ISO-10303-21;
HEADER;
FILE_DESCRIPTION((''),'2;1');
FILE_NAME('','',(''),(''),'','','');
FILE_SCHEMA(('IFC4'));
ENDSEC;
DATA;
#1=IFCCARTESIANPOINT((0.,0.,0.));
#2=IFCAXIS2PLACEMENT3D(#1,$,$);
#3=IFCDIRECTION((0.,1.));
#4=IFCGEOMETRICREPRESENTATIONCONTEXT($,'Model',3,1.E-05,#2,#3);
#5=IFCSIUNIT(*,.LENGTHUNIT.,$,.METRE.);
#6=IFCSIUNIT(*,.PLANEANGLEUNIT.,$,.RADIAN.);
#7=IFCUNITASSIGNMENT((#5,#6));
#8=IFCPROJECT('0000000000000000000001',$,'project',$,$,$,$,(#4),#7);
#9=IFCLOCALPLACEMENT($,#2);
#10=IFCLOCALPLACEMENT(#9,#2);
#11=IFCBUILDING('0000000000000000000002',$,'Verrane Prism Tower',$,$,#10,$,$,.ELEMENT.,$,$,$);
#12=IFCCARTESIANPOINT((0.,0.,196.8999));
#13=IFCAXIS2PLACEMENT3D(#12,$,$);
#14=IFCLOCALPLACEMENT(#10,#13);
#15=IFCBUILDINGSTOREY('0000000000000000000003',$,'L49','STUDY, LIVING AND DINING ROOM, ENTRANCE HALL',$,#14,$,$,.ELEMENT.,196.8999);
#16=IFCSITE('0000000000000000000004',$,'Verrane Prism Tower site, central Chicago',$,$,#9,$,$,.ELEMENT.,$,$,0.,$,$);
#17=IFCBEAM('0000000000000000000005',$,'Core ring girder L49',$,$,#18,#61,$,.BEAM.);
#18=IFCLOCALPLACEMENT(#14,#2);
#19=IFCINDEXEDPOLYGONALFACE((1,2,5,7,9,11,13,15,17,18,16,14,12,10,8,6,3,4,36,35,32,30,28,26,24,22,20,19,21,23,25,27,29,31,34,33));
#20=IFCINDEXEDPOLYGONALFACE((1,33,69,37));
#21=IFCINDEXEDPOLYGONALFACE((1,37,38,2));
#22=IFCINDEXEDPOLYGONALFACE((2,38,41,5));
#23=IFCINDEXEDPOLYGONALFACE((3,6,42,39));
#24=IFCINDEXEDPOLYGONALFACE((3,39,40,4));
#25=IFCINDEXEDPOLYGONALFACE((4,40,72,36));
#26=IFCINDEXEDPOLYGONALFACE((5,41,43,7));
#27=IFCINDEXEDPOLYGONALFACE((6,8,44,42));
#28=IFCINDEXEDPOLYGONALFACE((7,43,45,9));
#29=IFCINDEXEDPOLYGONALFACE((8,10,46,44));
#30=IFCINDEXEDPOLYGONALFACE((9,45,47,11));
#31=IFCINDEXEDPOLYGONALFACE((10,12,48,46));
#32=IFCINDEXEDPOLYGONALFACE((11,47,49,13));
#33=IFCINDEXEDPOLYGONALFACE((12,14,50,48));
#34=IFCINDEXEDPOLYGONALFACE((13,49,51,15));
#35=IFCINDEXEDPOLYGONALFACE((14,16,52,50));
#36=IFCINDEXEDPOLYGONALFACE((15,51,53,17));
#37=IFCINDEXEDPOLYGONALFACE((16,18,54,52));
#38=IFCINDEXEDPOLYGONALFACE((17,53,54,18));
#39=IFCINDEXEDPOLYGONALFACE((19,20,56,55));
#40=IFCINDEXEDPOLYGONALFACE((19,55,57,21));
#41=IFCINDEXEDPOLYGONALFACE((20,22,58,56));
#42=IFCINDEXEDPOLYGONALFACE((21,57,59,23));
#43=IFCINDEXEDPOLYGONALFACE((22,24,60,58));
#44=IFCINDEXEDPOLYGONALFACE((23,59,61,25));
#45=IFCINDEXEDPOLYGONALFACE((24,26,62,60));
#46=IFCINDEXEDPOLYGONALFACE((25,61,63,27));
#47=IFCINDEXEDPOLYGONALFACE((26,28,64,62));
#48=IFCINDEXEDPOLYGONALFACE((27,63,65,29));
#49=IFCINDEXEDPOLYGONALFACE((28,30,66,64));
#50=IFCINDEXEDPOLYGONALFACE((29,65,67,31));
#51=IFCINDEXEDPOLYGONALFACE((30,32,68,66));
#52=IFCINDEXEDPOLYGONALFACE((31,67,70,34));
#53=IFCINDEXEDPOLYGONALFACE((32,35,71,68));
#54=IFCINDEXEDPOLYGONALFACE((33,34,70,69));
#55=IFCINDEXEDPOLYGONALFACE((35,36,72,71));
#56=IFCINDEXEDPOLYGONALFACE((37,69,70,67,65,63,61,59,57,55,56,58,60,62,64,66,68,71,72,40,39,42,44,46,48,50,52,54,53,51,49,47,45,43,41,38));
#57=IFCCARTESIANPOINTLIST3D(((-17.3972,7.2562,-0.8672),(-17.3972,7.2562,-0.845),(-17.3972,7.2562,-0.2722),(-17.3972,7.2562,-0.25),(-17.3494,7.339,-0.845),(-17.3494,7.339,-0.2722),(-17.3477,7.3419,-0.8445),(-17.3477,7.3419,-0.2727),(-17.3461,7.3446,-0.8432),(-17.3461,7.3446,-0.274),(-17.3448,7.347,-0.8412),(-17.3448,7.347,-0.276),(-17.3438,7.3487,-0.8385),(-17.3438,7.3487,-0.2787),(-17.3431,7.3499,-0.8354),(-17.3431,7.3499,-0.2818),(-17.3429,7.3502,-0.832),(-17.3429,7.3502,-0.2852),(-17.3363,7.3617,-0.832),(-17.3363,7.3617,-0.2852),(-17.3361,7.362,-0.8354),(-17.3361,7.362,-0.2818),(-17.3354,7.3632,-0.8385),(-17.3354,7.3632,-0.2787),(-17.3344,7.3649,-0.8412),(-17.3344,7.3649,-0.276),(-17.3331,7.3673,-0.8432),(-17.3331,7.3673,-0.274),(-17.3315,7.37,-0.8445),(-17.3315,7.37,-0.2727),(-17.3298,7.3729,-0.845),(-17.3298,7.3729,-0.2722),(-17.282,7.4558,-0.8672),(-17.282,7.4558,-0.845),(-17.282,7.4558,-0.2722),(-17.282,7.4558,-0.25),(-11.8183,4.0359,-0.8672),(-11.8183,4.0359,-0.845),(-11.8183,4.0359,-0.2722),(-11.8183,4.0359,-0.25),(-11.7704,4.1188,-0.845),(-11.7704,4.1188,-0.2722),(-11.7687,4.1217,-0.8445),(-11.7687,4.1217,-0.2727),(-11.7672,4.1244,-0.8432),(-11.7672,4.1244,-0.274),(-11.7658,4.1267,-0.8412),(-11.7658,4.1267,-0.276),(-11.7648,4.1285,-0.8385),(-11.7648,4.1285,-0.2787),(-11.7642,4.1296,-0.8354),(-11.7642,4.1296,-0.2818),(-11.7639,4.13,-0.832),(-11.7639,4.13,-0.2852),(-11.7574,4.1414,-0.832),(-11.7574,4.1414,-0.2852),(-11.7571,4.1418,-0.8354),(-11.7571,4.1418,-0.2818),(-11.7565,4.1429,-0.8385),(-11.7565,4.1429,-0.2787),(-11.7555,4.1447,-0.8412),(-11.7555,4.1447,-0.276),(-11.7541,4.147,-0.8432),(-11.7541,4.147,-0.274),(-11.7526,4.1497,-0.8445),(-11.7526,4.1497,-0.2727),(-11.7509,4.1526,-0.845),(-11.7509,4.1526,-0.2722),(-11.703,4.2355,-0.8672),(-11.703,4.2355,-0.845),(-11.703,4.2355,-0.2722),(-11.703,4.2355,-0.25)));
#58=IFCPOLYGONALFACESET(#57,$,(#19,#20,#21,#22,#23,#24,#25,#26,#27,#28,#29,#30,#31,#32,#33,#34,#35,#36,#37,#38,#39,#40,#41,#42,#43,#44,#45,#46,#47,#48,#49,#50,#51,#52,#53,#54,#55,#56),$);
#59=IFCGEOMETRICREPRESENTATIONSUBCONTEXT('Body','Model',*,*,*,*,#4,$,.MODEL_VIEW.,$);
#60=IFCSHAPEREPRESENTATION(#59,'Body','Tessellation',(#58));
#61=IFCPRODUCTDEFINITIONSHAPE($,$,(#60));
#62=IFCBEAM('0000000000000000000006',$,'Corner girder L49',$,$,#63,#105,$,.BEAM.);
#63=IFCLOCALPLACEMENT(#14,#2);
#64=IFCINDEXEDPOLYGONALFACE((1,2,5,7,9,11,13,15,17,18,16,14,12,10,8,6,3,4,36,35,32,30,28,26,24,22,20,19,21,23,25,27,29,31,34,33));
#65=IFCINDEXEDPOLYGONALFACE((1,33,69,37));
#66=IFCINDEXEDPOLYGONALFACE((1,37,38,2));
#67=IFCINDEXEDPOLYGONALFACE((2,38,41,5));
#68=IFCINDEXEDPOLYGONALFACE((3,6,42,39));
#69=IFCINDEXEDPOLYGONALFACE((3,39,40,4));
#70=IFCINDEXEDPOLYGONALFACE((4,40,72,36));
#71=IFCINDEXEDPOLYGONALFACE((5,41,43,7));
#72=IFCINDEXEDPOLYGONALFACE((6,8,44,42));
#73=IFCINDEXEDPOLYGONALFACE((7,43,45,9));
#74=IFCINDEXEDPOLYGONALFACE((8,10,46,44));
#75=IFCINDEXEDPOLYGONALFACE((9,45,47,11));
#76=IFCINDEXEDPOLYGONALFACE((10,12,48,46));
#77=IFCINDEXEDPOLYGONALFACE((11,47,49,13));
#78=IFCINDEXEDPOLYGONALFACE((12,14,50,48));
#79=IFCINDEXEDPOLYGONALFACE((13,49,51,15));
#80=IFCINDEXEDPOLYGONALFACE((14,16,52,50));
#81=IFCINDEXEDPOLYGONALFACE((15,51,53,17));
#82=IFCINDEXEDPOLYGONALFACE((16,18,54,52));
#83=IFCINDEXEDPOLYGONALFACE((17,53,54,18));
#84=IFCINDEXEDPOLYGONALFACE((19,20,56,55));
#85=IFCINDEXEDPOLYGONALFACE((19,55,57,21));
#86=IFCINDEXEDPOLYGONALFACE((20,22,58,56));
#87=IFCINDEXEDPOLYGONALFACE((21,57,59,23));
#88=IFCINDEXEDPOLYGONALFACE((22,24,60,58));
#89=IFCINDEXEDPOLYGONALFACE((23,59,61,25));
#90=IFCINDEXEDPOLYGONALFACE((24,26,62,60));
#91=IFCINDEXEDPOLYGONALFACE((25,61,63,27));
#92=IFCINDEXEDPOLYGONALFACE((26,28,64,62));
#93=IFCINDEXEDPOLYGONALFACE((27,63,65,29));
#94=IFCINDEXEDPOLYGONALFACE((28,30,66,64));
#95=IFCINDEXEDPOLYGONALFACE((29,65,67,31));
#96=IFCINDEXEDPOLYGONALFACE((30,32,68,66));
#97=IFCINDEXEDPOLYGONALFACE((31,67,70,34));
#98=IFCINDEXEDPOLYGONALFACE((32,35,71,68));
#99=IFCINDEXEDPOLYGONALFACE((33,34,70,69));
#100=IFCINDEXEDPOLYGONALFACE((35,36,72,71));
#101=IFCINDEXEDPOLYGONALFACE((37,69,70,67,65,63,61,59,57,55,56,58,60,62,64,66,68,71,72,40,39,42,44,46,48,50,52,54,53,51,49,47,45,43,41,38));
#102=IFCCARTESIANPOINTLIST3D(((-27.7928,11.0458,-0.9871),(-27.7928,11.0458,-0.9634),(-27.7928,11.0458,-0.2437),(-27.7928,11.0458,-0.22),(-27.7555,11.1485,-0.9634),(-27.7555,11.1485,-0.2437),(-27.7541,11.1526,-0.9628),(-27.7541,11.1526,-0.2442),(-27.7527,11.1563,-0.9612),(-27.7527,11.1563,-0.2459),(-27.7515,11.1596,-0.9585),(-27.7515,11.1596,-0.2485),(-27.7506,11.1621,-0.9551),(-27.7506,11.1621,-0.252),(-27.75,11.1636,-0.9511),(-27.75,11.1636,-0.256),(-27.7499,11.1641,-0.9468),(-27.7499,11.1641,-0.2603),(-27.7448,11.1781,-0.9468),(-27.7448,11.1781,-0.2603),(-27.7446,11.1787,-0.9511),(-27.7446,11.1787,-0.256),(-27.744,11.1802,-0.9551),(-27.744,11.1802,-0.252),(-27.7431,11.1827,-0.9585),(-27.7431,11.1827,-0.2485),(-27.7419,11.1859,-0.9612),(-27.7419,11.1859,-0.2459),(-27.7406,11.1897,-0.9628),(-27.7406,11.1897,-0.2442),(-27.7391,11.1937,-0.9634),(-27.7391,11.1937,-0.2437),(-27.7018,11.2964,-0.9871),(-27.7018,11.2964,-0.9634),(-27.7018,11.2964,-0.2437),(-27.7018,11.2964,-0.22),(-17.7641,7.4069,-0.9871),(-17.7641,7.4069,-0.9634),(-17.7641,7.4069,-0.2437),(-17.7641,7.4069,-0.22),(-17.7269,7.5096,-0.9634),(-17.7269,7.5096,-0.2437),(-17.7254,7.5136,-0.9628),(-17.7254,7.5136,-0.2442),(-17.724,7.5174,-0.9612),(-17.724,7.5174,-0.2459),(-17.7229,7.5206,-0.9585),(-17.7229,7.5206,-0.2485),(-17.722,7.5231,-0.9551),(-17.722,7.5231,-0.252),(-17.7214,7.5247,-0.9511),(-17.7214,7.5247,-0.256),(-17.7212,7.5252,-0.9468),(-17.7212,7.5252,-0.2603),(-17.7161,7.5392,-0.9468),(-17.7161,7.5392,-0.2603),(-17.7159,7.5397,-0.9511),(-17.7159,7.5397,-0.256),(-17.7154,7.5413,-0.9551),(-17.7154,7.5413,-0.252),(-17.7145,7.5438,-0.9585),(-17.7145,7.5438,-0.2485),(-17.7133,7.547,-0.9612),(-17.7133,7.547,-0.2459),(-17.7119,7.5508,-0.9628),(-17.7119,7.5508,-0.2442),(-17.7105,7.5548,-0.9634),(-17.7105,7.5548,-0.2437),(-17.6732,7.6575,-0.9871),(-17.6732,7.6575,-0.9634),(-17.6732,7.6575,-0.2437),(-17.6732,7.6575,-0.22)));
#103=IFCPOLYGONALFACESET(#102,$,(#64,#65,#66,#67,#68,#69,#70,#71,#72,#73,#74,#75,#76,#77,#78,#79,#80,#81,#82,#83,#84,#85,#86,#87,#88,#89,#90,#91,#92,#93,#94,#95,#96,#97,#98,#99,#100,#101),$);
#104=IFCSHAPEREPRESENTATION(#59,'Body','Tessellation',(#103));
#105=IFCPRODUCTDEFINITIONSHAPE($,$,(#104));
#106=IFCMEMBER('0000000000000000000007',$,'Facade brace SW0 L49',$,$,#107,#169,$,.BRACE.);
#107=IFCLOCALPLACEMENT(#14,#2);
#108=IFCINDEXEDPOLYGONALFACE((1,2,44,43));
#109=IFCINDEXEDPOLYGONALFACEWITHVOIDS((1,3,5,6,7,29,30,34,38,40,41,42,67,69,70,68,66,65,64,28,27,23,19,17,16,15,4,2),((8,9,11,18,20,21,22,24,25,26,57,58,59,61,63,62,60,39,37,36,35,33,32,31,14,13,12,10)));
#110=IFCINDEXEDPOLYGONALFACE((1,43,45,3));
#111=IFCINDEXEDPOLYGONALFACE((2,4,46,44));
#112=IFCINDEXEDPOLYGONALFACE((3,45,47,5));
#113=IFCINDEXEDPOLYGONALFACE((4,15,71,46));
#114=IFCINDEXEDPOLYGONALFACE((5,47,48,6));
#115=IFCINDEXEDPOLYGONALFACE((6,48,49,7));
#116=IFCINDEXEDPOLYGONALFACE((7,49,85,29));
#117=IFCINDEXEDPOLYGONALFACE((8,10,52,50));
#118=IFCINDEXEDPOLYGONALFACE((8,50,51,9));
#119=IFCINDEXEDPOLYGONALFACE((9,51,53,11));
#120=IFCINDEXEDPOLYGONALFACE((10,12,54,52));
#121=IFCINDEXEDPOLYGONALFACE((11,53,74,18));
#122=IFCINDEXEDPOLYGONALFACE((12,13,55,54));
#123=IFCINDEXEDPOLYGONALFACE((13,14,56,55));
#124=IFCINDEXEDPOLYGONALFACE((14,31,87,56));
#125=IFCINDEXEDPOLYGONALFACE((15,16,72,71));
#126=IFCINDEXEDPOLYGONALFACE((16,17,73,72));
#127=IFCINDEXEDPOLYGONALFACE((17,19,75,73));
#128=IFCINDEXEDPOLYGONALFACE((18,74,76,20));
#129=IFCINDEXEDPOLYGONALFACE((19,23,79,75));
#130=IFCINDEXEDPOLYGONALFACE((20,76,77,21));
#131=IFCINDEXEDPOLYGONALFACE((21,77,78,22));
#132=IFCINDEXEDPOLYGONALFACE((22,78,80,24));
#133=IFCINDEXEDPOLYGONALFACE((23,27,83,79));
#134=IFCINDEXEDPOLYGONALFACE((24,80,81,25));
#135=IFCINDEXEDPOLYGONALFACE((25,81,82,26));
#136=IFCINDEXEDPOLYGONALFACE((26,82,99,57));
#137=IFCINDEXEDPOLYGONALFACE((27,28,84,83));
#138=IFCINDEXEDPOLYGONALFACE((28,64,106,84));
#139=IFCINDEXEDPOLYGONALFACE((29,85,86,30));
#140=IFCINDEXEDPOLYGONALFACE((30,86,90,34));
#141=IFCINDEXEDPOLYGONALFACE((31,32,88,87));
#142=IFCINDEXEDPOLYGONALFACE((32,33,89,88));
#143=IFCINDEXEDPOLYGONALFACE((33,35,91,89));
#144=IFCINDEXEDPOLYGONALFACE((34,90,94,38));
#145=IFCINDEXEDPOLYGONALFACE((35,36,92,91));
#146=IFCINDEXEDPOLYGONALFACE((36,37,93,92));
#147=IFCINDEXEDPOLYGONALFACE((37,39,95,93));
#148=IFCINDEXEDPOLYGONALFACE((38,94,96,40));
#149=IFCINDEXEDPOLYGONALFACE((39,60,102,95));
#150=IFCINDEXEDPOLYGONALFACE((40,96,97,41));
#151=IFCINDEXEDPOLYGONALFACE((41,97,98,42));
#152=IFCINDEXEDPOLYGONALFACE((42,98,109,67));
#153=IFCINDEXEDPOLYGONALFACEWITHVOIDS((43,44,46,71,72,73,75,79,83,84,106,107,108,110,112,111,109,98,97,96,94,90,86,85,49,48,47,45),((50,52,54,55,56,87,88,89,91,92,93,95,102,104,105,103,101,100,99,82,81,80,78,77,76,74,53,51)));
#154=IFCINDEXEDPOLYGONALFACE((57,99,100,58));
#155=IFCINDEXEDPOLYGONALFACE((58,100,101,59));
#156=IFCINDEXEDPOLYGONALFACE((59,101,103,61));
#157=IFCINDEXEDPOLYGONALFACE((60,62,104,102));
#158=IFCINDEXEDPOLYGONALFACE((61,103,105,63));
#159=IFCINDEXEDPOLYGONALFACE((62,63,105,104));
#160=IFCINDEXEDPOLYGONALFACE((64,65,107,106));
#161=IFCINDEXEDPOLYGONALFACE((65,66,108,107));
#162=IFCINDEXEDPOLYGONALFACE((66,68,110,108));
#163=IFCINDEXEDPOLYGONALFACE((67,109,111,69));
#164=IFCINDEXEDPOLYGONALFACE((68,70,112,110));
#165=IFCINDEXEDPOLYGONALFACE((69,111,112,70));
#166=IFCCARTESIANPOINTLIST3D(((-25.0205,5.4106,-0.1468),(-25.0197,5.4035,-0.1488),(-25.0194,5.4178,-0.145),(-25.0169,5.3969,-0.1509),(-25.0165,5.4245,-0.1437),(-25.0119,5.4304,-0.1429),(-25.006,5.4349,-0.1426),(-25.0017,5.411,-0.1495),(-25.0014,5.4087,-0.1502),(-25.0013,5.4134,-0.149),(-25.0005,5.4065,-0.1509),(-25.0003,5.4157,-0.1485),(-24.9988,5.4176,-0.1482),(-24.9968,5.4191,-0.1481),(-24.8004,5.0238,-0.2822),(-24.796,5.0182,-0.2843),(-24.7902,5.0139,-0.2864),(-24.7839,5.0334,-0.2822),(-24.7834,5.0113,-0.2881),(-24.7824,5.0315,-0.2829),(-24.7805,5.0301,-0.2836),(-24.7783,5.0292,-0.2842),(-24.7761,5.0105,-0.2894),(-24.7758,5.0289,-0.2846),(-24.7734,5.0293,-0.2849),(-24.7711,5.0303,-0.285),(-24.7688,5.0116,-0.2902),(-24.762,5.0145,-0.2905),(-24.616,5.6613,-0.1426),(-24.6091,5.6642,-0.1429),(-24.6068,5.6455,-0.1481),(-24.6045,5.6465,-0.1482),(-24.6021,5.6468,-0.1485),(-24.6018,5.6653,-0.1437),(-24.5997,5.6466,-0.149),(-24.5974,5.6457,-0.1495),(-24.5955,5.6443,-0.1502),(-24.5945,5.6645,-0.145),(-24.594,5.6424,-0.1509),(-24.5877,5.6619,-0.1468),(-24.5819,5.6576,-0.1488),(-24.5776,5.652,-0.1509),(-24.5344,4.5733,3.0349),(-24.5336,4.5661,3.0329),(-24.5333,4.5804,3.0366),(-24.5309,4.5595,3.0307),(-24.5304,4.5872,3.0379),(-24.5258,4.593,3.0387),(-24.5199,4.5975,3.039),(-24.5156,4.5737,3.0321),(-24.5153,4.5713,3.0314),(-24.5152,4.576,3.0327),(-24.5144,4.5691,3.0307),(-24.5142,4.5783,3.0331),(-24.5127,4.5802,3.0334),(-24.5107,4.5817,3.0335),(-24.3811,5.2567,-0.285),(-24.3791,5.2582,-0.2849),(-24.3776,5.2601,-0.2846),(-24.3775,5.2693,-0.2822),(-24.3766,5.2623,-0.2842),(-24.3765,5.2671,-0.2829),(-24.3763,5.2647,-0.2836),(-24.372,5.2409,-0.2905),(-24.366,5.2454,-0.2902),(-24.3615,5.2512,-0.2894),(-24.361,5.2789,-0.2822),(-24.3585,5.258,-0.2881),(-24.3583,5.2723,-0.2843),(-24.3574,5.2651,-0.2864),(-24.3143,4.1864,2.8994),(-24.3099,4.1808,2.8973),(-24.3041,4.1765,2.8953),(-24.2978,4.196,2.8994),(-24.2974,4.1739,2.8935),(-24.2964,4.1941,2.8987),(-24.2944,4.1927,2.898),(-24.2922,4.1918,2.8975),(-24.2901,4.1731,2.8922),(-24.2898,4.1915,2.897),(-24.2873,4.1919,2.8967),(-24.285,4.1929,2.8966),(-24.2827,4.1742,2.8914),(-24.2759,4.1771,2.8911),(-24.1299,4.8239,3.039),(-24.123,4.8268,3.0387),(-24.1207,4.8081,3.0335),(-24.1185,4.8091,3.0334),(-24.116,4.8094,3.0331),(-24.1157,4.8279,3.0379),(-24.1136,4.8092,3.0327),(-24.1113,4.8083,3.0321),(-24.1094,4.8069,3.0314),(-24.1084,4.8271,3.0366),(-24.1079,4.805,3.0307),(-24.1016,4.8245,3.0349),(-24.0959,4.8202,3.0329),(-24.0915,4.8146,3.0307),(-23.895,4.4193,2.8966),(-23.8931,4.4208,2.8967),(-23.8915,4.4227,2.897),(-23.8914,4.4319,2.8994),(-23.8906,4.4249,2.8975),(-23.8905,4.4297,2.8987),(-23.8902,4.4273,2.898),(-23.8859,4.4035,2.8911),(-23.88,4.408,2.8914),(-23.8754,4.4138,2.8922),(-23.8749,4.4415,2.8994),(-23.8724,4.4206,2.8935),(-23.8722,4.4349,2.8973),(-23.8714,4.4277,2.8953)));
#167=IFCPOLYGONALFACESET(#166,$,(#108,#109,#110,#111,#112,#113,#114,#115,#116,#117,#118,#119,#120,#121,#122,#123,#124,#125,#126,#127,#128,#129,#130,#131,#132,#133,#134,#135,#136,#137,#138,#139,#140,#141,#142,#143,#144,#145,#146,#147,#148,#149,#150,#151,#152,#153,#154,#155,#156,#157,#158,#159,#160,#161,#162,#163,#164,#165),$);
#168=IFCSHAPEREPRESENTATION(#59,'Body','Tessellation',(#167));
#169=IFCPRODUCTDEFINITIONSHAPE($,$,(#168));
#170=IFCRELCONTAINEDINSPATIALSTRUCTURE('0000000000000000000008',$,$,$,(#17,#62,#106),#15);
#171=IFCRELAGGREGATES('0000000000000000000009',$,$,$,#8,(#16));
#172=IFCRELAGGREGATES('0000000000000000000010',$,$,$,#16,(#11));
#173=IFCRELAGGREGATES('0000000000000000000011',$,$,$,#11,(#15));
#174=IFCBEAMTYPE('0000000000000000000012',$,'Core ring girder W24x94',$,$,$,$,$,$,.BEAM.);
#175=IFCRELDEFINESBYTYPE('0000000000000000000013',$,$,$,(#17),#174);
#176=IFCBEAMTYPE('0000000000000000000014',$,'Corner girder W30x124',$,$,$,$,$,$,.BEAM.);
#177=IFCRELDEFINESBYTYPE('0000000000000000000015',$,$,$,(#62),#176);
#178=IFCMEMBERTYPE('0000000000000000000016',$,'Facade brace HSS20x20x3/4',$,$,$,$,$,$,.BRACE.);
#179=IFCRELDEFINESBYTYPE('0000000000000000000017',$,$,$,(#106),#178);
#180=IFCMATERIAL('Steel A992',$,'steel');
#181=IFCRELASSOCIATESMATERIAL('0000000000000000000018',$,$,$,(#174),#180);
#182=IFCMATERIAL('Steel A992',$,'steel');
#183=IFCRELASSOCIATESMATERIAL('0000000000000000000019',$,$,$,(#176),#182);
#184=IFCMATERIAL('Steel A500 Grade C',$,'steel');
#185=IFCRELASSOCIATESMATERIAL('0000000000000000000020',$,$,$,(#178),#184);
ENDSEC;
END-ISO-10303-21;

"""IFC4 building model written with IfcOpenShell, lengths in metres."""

from ifc_helpers import new_model, si_unit, direction, frame, origin, origin_2d, place, context, subcontext, project, spatial, hollow_rectangle, i_section, extrude, material, material_profile, profile_set, type_object, element, save


model = new_model("IFC4")

# Units and contexts
model_context = context("Model", 3, precision=1e-05, world=origin(), true_north=direction((0.0, 1.0)))
body_context = subcontext(model_context, "Body", "Model", "MODEL_VIEW")
ifc_project = project(units=[si_unit("LENGTHUNIT", "METRE"), si_unit("PLANEANGLEUNIT", "RADIAN")], contexts=[model_context])

# Site, building, storey
site_placement = place(None, origin())
site = spatial("IfcSite", under=ifc_project, at=site_placement, Name="Verrane Prism Tower site, central Chicago", CompositionType="ELEMENT", RefElevation=0.0)
building_placement = place(site_placement, origin())
building = spatial("IfcBuilding", under=site, at=building_placement, Name="Verrane Prism Tower", CompositionType="ELEMENT")
storey_placement = place(building_placement, frame((0.0, 0.0, 196.8999)))
storey = spatial("IfcBuildingStorey", under=building, at=storey_placement, Name="L49", Description="STUDY, LIVING AND DINING ROOM, ENTRANCE HALL", CompositionType="ELEMENT", Elevation=196.8999)

# Beams
ifc_material_1 = material(Name="Steel A992", Category="steel")
ifc_material_profile_1 = material_profile(ifc_material_1, i_section(OverallWidth=0.2305, OverallDepth=0.6172, WebThickness=0.0132, FlangeThickness=0.0222, FilletRadius=0.0129, at=origin_2d()), Name="W24x94")
ifc_profile_set_1 = profile_set([ifc_material_profile_1], Name="Steel A992")
beam_type_1 = type_object("IfcBeamType", Name="Core ring girder W24x94", PredefinedType="BEAM", material=ifc_profile_set_1)
beam_1_placement = place(storey_placement, frame((-17.3396, 7.356, -0.5586), z_axis=(0.866075, -0.499914, 0.0), x_axis=(0.499914, 0.866075, 0.0)))
element("IfcBeam", 1, at=beam_1_placement, inside=storey, type_object=beam_type_1, Name="Core ring girder L49", PredefinedType="BEAM", context=body_context, shape_type="SweptSolid", body=[
    extrude(i_section(OverallWidth=0.2305, OverallDepth=0.6172, WebThickness=0.0132, FlangeThickness=0.0222, FilletRadius=0.0129, at=origin_2d()), origin(), (0.0, 0.0, 1.0), 6.4417),
])
ifc_material_2 = material(Name="Steel A992", Category="steel")
ifc_material_profile_2 = material_profile(ifc_material_2, i_section(OverallWidth=0.2666, OverallDepth=0.7671, WebThickness=0.0149, FlangeThickness=0.0237, FilletRadius=0.0166, at=origin_2d()), Name="W30x124")
ifc_profile_set_2 = profile_set([ifc_material_profile_2], Name="Steel A992")
beam_type_2 = type_object("IfcBeamType", Name="Corner girder W30x124", PredefinedType="BEAM", material=ifc_profile_set_2)
beam_2_placement = place(storey_placement, frame((-27.7473, 11.1711, -0.6035), z_axis=(0.940029, -0.341094, 0.0), x_axis=(0.341094, 0.940029, 0.0)))
element("IfcBeam", 2, at=beam_2_placement, inside=storey, type_object=beam_type_2, Name="Corner girder L49", PredefinedType="BEAM", context=body_context, shape_type="SweptSolid", body=[
    extrude(i_section(OverallWidth=0.2666, OverallDepth=0.7671, WebThickness=0.0149, FlangeThickness=0.0237, FilletRadius=0.0166, at=origin_2d()), origin(), (0.0, 0.0, 1.0), 10.6685),
])

# Member
ifc_material_3 = material(Name="Steel A500 Grade C", Category="steel")
ifc_material_profile_3 = material_profile(ifc_material_3, hollow_rectangle(XDim=0.5081, YDim=0.5081, WallThickness=0.019, InnerFilletRadius=0.0095, OuterFilletRadius=0.0286, at=origin_2d()), Name="HSS20x20x3/4")
ifc_profile_set_3 = profile_set([ifc_material_profile_3], Name="Steel A500 Grade C")
member_type_1 = type_object("IfcMemberType", Name="Facade brace HSS20x20x3/4", PredefinedType="BRACE", material=ifc_profile_set_3)
member_1_placement = place(storey_placement, frame((-24.689, 5.3379, -0.2166), z_axis=(0.146159, -0.251796, 0.95668), x_axis=(0.864856, 0.50202, 0.0)))
element("IfcMember", 3, at=member_1_placement, inside=storey, type_object=member_type_1, Name="Facade brace SW0 L49", PredefinedType="BRACE", context=body_context, shape_type="SweptSolid", body=[
    extrude(hollow_rectangle(XDim=0.5081, YDim=0.5081, WallThickness=0.019, InnerFilletRadius=0.0095, OuterFilletRadius=0.0286, at=origin_2d()), origin(), (0.0, 0.0, 1.0), 3.3257),
])

save(model, "model.ifc")
